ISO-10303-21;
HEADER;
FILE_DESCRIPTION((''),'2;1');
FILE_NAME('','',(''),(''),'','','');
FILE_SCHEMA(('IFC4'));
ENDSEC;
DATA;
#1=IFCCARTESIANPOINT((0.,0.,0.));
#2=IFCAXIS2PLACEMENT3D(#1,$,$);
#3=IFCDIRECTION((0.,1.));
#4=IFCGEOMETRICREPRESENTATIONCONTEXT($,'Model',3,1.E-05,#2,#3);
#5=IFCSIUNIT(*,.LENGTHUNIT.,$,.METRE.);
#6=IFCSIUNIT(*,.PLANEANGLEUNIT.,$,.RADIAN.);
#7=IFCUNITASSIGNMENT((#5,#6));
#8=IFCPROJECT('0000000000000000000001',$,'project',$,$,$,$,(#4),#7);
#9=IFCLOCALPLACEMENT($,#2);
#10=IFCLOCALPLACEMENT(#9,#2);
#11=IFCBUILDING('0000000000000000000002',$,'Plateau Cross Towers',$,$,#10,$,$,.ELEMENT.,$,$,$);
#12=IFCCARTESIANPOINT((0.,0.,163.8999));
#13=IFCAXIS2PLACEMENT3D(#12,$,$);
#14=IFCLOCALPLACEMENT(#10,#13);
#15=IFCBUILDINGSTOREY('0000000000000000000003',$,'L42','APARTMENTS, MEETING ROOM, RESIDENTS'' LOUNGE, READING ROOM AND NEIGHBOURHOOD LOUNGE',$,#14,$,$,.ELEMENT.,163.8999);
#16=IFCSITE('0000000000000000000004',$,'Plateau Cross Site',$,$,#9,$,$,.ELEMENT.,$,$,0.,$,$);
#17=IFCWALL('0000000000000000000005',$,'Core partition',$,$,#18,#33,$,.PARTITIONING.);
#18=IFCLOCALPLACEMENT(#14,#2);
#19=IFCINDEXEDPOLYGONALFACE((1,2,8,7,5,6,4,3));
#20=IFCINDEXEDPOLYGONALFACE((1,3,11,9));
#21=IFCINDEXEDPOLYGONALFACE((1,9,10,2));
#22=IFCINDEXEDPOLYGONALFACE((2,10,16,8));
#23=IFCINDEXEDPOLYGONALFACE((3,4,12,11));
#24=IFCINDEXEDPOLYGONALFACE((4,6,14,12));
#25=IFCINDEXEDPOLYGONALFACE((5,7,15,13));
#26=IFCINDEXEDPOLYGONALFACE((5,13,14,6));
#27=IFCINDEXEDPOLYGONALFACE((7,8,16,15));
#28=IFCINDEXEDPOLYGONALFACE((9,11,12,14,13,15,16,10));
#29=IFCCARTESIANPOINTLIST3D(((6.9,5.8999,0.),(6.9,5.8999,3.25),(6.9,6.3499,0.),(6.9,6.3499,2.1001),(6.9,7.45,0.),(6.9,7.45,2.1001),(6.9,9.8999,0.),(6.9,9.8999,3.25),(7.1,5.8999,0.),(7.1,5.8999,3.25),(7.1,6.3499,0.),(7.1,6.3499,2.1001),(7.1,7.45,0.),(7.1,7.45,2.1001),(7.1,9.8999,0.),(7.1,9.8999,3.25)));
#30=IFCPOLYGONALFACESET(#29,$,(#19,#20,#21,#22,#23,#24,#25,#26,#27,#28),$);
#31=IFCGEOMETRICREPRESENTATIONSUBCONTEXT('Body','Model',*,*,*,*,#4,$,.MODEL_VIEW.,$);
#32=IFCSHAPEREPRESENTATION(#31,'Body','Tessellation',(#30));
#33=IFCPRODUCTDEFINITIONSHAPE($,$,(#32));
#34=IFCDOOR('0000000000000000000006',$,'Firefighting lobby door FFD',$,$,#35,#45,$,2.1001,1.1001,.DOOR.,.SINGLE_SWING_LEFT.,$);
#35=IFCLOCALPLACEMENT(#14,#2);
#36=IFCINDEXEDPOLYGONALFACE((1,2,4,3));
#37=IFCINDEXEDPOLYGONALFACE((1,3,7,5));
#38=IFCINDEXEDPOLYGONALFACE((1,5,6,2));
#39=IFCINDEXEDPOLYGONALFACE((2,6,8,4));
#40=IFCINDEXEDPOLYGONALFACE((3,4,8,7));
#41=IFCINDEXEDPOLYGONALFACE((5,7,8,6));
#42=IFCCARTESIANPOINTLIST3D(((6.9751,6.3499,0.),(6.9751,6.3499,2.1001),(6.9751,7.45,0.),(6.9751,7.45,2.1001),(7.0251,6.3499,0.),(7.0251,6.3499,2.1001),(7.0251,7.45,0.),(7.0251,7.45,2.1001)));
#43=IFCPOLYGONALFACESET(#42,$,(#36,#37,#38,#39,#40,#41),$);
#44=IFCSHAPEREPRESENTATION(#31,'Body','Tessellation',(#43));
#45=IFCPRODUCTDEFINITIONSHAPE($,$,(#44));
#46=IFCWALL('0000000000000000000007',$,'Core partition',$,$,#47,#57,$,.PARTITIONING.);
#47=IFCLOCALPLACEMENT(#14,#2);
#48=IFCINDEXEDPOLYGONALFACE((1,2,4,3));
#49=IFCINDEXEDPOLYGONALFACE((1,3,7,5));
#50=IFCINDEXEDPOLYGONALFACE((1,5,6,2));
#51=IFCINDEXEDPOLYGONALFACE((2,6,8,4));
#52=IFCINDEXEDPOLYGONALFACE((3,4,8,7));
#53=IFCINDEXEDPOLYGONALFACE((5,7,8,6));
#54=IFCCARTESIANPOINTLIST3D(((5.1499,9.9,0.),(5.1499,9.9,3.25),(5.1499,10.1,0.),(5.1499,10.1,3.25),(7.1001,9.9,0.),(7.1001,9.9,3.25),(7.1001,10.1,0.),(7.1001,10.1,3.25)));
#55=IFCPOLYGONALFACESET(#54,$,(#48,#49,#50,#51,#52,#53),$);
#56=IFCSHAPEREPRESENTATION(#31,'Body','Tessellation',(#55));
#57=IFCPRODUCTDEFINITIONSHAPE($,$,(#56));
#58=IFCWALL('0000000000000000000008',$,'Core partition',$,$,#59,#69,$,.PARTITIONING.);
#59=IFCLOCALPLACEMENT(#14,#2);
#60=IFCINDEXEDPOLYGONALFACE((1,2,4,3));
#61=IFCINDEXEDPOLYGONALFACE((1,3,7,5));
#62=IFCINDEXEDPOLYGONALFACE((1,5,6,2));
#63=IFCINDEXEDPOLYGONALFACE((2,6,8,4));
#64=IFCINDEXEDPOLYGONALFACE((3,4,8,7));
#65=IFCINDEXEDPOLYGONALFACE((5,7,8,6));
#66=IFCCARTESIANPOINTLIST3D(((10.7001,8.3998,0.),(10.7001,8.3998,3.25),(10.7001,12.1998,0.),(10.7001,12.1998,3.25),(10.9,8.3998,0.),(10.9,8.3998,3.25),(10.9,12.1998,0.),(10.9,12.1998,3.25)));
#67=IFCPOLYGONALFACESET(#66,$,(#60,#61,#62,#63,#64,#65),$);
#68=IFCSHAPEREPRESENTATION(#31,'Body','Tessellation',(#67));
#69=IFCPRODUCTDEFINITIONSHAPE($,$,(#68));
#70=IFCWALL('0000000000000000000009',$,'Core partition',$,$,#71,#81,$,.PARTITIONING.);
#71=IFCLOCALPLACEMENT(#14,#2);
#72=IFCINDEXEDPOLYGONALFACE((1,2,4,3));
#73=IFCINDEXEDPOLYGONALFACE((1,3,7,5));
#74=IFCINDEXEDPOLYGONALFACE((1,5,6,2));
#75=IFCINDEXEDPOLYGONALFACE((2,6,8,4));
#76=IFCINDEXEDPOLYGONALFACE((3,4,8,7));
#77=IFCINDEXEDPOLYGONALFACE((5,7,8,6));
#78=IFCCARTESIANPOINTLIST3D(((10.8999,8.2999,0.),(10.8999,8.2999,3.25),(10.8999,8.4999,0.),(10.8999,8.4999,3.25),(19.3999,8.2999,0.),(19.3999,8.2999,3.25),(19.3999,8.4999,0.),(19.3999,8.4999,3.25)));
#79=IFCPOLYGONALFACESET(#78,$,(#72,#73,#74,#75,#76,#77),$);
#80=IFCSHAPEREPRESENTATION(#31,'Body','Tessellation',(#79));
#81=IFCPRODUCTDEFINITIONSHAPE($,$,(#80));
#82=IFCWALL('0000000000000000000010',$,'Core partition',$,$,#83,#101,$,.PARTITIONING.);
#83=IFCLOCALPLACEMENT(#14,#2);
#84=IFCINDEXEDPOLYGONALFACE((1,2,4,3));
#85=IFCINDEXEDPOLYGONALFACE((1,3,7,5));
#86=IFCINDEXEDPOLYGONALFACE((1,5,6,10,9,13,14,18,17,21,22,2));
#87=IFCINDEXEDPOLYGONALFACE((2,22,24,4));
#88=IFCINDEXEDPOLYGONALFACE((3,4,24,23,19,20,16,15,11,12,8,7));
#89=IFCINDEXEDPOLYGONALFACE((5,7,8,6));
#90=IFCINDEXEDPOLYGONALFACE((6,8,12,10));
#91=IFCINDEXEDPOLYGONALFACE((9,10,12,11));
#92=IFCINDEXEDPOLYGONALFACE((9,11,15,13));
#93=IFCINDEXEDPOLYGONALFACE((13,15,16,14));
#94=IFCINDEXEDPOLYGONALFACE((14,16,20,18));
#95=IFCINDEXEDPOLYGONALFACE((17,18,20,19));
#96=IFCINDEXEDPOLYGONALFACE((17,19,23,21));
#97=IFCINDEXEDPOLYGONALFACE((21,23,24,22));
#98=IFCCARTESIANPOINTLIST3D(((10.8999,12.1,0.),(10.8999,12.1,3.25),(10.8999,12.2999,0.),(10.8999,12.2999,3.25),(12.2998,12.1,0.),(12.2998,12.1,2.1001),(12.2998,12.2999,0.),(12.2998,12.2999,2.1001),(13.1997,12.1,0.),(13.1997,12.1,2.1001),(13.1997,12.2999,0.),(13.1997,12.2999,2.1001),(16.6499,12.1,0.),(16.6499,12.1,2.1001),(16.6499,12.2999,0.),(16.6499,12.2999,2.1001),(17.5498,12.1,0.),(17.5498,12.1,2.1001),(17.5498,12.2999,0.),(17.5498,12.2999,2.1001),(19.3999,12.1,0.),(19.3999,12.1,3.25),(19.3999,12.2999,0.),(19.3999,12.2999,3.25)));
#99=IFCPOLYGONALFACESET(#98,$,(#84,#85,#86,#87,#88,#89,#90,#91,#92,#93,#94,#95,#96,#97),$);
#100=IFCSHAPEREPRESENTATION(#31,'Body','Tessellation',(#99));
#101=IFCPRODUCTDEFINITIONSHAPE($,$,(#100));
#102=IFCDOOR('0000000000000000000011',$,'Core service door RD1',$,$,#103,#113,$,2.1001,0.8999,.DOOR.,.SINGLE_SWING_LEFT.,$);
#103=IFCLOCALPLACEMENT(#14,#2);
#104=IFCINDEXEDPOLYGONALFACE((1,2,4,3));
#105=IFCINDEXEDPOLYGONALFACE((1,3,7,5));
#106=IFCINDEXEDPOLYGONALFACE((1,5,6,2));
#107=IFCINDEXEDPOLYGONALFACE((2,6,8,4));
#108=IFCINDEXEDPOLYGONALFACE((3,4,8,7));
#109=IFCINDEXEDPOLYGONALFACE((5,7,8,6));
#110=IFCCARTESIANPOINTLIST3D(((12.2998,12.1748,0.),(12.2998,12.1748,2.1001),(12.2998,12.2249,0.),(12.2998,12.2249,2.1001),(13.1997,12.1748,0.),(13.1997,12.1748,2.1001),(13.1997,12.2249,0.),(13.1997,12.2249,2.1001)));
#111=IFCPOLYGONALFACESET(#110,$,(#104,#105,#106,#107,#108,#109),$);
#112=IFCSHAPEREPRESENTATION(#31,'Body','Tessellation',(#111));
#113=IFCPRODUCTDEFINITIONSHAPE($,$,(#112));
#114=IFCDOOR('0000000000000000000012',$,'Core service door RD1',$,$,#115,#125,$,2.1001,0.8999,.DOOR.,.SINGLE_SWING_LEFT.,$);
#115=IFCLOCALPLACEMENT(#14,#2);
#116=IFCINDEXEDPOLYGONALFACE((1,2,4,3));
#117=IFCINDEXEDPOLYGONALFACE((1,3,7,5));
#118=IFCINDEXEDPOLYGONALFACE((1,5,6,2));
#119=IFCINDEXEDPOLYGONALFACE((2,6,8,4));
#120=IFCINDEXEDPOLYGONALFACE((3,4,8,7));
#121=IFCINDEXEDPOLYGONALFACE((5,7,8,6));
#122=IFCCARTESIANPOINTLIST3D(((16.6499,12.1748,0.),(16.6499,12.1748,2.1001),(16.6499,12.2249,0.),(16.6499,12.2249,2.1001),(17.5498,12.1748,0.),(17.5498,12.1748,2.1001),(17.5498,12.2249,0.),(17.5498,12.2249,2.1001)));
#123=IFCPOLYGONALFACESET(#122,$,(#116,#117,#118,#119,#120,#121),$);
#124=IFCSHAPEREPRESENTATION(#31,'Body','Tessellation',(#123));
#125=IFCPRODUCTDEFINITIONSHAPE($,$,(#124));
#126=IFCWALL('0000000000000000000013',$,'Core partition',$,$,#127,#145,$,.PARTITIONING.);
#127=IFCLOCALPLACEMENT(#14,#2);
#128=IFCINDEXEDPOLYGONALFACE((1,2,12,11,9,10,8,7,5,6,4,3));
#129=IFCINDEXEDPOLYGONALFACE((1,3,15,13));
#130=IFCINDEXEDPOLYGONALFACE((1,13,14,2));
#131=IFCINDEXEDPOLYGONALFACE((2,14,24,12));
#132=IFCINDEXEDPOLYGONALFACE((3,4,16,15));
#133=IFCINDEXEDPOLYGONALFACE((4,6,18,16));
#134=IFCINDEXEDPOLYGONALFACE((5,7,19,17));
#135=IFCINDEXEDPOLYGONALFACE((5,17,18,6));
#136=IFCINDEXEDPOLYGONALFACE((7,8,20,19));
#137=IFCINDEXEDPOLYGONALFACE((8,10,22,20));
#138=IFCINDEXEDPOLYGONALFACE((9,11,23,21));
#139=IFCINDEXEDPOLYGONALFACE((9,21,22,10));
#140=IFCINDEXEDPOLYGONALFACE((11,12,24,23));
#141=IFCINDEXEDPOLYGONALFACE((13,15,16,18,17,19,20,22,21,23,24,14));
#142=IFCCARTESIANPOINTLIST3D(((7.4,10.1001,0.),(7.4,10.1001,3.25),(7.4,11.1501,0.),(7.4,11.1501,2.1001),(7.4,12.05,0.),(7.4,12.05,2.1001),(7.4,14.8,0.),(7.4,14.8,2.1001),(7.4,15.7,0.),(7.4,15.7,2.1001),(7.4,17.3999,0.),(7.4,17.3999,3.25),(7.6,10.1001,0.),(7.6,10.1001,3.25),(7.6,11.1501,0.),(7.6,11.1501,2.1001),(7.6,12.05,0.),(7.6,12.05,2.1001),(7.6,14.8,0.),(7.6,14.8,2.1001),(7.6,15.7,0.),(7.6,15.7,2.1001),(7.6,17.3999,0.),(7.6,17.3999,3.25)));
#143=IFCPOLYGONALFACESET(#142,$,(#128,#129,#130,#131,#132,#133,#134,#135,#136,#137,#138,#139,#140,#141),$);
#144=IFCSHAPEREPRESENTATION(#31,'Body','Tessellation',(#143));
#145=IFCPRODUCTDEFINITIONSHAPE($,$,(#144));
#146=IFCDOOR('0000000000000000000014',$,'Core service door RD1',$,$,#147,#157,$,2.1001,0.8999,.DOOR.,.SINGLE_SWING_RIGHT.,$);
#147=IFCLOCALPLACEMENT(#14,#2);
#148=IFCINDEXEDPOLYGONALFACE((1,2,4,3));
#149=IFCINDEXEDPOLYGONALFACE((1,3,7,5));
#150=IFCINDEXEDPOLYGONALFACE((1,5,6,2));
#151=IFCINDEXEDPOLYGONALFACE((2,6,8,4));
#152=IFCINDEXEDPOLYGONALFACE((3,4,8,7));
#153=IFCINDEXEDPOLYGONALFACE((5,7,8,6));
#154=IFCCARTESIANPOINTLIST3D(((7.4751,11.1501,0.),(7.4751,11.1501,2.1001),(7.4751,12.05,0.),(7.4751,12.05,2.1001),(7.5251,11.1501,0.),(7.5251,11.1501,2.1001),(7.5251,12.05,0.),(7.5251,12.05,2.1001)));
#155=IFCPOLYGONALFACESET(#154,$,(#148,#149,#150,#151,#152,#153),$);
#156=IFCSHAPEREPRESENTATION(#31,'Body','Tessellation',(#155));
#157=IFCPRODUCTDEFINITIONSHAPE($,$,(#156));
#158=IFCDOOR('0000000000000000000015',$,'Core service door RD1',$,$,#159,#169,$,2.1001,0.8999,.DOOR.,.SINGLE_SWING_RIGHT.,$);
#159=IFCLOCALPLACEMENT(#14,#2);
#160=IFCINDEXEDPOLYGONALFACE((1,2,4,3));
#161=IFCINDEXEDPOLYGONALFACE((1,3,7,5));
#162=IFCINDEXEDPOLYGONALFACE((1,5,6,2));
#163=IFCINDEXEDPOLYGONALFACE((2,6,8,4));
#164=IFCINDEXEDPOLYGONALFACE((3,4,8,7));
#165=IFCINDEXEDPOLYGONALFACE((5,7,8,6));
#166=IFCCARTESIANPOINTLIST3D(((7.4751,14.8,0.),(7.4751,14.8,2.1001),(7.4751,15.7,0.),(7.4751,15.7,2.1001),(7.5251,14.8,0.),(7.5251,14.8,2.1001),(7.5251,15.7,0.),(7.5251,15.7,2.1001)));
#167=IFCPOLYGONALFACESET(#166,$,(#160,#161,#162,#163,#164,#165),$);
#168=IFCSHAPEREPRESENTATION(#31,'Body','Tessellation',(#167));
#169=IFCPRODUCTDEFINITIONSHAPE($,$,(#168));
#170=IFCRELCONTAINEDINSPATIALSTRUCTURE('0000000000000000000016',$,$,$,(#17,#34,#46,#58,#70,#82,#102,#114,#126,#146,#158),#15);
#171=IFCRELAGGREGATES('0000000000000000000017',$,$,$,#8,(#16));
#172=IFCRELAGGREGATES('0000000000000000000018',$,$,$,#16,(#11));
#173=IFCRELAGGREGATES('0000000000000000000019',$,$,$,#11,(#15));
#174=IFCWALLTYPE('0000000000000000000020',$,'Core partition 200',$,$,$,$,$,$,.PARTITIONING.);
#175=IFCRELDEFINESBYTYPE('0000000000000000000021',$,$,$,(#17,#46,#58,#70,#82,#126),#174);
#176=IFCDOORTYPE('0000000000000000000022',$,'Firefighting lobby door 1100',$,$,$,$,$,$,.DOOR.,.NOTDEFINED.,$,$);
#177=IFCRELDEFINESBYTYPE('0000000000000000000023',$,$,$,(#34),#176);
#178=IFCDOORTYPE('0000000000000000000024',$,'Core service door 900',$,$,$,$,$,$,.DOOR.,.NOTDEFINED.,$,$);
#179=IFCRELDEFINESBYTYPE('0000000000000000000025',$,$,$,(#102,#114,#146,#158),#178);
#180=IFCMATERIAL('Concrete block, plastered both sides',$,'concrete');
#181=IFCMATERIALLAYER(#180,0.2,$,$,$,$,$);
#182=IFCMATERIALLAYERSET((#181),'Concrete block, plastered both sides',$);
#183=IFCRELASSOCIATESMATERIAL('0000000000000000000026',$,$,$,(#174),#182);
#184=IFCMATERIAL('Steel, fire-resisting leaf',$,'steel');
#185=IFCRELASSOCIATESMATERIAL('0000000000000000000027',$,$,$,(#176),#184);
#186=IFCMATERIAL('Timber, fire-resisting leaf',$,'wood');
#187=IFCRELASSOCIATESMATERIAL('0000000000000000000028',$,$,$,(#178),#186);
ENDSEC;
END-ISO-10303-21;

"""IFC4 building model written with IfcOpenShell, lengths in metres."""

from ifc_helpers import new_model, si_unit, direction, frame, frame_2d, origin, place, context, subcontext, project, spatial, rectangle, extrude, material, layer, layer_set, type_object, element, fill, save


model = new_model("IFC4")

# Units and contexts
model_context = context("Model", 3, precision=1e-05, world=origin(), true_north=direction((0.0, 1.0)))
body_context = subcontext(model_context, "Body", "Model", "MODEL_VIEW")
ifc_project = project(units=[si_unit("LENGTHUNIT", "METRE"), si_unit("PLANEANGLEUNIT", "RADIAN")], contexts=[model_context])

# Site, building, storey
site_placement = place(None, origin())
site = spatial("IfcSite", under=ifc_project, at=site_placement, Name="Plateau Cross Site", CompositionType="ELEMENT", RefElevation=0.0)
building_placement = place(site_placement, origin())
building = spatial("IfcBuilding", under=site, at=building_placement, Name="Plateau Cross Towers", CompositionType="ELEMENT")
storey_placement = place(building_placement, frame((0.0, 0.0, 163.8999)))
storey = spatial("IfcBuildingStorey", under=building, at=storey_placement, Name="L42", Description="APARTMENTS, MEETING ROOM, RESIDENTS' LOUNGE, READING ROOM AND NEIGHBOURHOOD LOUNGE", CompositionType="ELEMENT", Elevation=163.8999)

# Wall, opening, door
ifc_material_1 = material(Name="Concrete block, plastered both sides", Category="concrete")
ifc_layer_1 = layer(ifc_material_1, 0.2)
ifc_layer_set_1 = layer_set([ifc_layer_1], Name="Concrete block, plastered both sides")
wall_type_1 = type_object("IfcWallType", Name="Core partition 200", PredefinedType="PARTITIONING", material=ifc_layer_set_1)
wall_1_placement = place(storey_placement, frame((7.0, 5.8999, 0.0), z_axis=(0.0, 0.0, 1.0), x_axis=(0.0, 1.0, 0.0)))
wall_1 = element("IfcWall", 1, at=wall_1_placement, inside=storey, type_object=wall_type_1, Name="Core partition", PredefinedType="PARTITIONING", context=body_context, shape_type="SweptSolid", body=[
    extrude(rectangle(XDim=4.0, YDim=0.2, at=frame_2d((2.0, 0.0))), origin(), (0.0, 0.0, 1.0), 3.25),
])
opening_1_placement = place(wall_1_placement, frame((0.45, 0.0, 0.0)))
opening_1 = element("IfcOpeningElement", 2, at=opening_1_placement, cuts=wall_1, PredefinedType="OPENING", context=body_context, shape_type="SweptSolid", body=[
    extrude(rectangle(XDim=1.1001, YDim=2.1001, at=frame_2d((0.55, 1.05))), frame((0.0, 0.1099, 0.0), z_axis=(0.0, -1.0, 0.0), x_axis=(1.0, 0.0, 0.0)), (0.0, 0.0, 1.0), 0.22),
])
ifc_material_2 = material(Name="Steel, fire-resisting leaf", Category="steel")
door_type_1 = type_object("IfcDoorType", Name="Firefighting lobby door 1100", OperationType="NOTDEFINED", PredefinedType="DOOR", material=ifc_material_2)
door_1_placement = place(opening_1_placement, origin())
door_1 = element("IfcDoor", 3, at=door_1_placement, inside=storey, type_object=door_type_1, Name="Firefighting lobby door FFD", OperationType="SINGLE_SWING_LEFT", OverallHeight=2.1001, OverallWidth=1.1001, PredefinedType="DOOR", context=body_context, shape_type="SweptSolid", body=[
    extrude(rectangle(XDim=1.1001, YDim=2.1001, at=frame_2d((0.55, 1.05))), frame((0.0, 0.0249, 0.0), z_axis=(0.0, -1.0, 0.0), x_axis=(1.0, 0.0, 0.0)), (0.0, 0.0, 1.0), 0.05),
])
fill(opening_1, door_1)

# Walls
wall_2_placement = place(storey_placement, frame((5.1499, 10.0, 0.0), z_axis=(0.0, 0.0, 1.0), x_axis=(1.0, 0.0, 0.0)))
element("IfcWall", 4, at=wall_2_placement, inside=storey, type_object=wall_type_1, Name="Core partition", PredefinedType="PARTITIONING", context=body_context, shape_type="SweptSolid", body=[
    extrude(rectangle(XDim=1.9502, YDim=0.2, at=frame_2d((0.9751, 0.0))), origin(), (0.0, 0.0, 1.0), 3.25),
])
wall_3_placement = place(storey_placement, frame((10.8, 8.3999, 0.0), z_axis=(0.0, 0.0, 1.0), x_axis=(0.0, 1.0, 0.0)))
element("IfcWall", 5, at=wall_3_placement, inside=storey, type_object=wall_type_1, Name="Core partition", PredefinedType="PARTITIONING", context=body_context, shape_type="SweptSolid", body=[
    extrude(rectangle(XDim=3.8, YDim=0.2, at=frame_2d((1.8999, 0.0))), origin(), (0.0, 0.0, 1.0), 3.25),
])
wall_4_placement = place(storey_placement, frame((10.8999, 8.3999, 0.0), z_axis=(0.0, 0.0, 1.0), x_axis=(1.0, 0.0, 0.0)))
element("IfcWall", 6, at=wall_4_placement, inside=storey, type_object=wall_type_1, Name="Core partition", PredefinedType="PARTITIONING", context=body_context, shape_type="SweptSolid", body=[
    extrude(rectangle(XDim=8.5, YDim=0.2, at=frame_2d((4.25, 0.0))), origin(), (0.0, 0.0, 1.0), 3.25),
])

# Walls, openings, doors
wall_5_placement = place(storey_placement, frame((10.8999, 12.2, 0.0), z_axis=(0.0, 0.0, 1.0), x_axis=(1.0, 0.0, 0.0)))
wall_5 = element("IfcWall", 7, at=wall_5_placement, inside=storey, type_object=wall_type_1, Name="Core partition", PredefinedType="PARTITIONING", context=body_context, shape_type="SweptSolid", body=[
    extrude(rectangle(XDim=8.5, YDim=0.2, at=frame_2d((4.25, 0.0))), origin(), (0.0, 0.0, 1.0), 3.25),
])
opening_2_placement = place(wall_5_placement, frame((1.3999, 0.0, 0.0)))
opening_2 = element("IfcOpeningElement", 8, at=opening_2_placement, cuts=wall_5, PredefinedType="OPENING", context=body_context, shape_type="SweptSolid", body=[
    extrude(rectangle(XDim=0.8999, YDim=2.1001, at=frame_2d((0.45, 1.05))), frame((0.0, 0.1099, 0.0), z_axis=(0.0, -1.0, 0.0), x_axis=(1.0, 0.0, 0.0)), (0.0, 0.0, 1.0), 0.22),
])
opening_3_placement = place(wall_5_placement, frame((5.75, 0.0, 0.0)))
opening_3 = element("IfcOpeningElement", 9, at=opening_3_placement, cuts=wall_5, PredefinedType="OPENING", context=body_context, shape_type="SweptSolid", body=[
    extrude(rectangle(XDim=0.8999, YDim=2.1001, at=frame_2d((0.45, 1.05))), frame((0.0, 0.1099, 0.0), z_axis=(0.0, -1.0, 0.0), x_axis=(1.0, 0.0, 0.0)), (0.0, 0.0, 1.0), 0.22),
])
ifc_material_3 = material(Name="Timber, fire-resisting leaf", Category="wood")
door_type_2 = type_object("IfcDoorType", Name="Core service door 900", OperationType="NOTDEFINED", PredefinedType="DOOR", material=ifc_material_3)
door_2_placement = place(opening_2_placement, origin())
door_2 = element("IfcDoor", 10, at=door_2_placement, inside=storey, type_object=door_type_2, Name="Core service door RD1", OperationType="SINGLE_SWING_LEFT", OverallHeight=2.1001, OverallWidth=0.8999, PredefinedType="DOOR", context=body_context, shape_type="SweptSolid", body=[
    extrude(rectangle(XDim=0.8999, YDim=2.1001, at=frame_2d((0.45, 1.05))), frame((0.0, 0.0249, 0.0), z_axis=(0.0, -1.0, 0.0), x_axis=(1.0, 0.0, 0.0)), (0.0, 0.0, 1.0), 0.05),
])
fill(opening_2, door_2)
door_3_placement = place(opening_3_placement, origin())
door_3 = element("IfcDoor", 11, at=door_3_placement, inside=storey, type_object=door_type_2, Name="Core service door RD1", OperationType="SINGLE_SWING_LEFT", OverallHeight=2.1001, OverallWidth=0.8999, PredefinedType="DOOR", context=body_context, shape_type="SweptSolid", body=[
    extrude(rectangle(XDim=0.8999, YDim=2.1001, at=frame_2d((0.45, 1.05))), frame((0.0, 0.0249, 0.0), z_axis=(0.0, -1.0, 0.0), x_axis=(1.0, 0.0, 0.0)), (0.0, 0.0, 1.0), 0.05),
])
fill(opening_3, door_3)
wall_6_placement = place(storey_placement, frame((7.5, 10.1001, 0.0), z_axis=(0.0, 0.0, 1.0), x_axis=(0.0, 1.0, 0.0)))
wall_6 = element("IfcWall", 12, at=wall_6_placement, inside=storey, type_object=wall_type_1, Name="Core partition", PredefinedType="PARTITIONING", context=body_context, shape_type="SweptSolid", body=[
    extrude(rectangle(XDim=7.2998, YDim=0.2, at=frame_2d((3.6499, 0.0))), origin(), (0.0, 0.0, 1.0), 3.25),
])
opening_4_placement = place(wall_6_placement, frame((1.05, 0.0, 0.0)))
opening_4 = element("IfcOpeningElement", 13, at=opening_4_placement, cuts=wall_6, PredefinedType="OPENING", context=body_context, shape_type="SweptSolid", body=[
    extrude(rectangle(XDim=0.8999, YDim=2.1001, at=frame_2d((0.45, 1.05))), frame((0.0, 0.1099, 0.0), z_axis=(0.0, -1.0, 0.0), x_axis=(1.0, 0.0, 0.0)), (0.0, 0.0, 1.0), 0.22),
])
opening_5_placement = place(wall_6_placement, frame((4.7, 0.0, 0.0)))
opening_5 = element("IfcOpeningElement", 14, at=opening_5_placement, cuts=wall_6, PredefinedType="OPENING", context=body_context, shape_type="SweptSolid", body=[
    extrude(rectangle(XDim=0.8999, YDim=2.1001, at=frame_2d((0.45, 1.05))), frame((0.0, 0.1099, 0.0), z_axis=(0.0, -1.0, 0.0), x_axis=(1.0, 0.0, 0.0)), (0.0, 0.0, 1.0), 0.22),
])
door_4_placement = place(opening_4_placement, origin())
door_4 = element("IfcDoor", 15, at=door_4_placement, inside=storey, type_object=door_type_2, Name="Core service door RD1", OperationType="SINGLE_SWING_RIGHT", OverallHeight=2.1001, OverallWidth=0.8999, PredefinedType="DOOR", context=body_context, shape_type="SweptSolid", body=[
    extrude(rectangle(XDim=0.8999, YDim=2.1001, at=frame_2d((0.45, 1.05))), frame((0.0, 0.0249, 0.0), z_axis=(0.0, -1.0, 0.0), x_axis=(1.0, 0.0, 0.0)), (0.0, 0.0, 1.0), 0.05),
])
fill(opening_4, door_4)
door_5_placement = place(opening_5_placement, origin())
door_5 = element("IfcDoor", 16, at=door_5_placement, inside=storey, type_object=door_type_2, Name="Core service door RD1", OperationType="SINGLE_SWING_RIGHT", OverallHeight=2.1001, OverallWidth=0.8999, PredefinedType="DOOR", context=body_context, shape_type="SweptSolid", body=[
    extrude(rectangle(XDim=0.8999, YDim=2.1001, at=frame_2d((0.45, 1.05))), frame((0.0, 0.0249, 0.0), z_axis=(0.0, -1.0, 0.0), x_axis=(1.0, 0.0, 0.0)), (0.0, 0.0, 1.0), 0.05),
])
fill(opening_5, door_5)

save(model, "model.ifc")
